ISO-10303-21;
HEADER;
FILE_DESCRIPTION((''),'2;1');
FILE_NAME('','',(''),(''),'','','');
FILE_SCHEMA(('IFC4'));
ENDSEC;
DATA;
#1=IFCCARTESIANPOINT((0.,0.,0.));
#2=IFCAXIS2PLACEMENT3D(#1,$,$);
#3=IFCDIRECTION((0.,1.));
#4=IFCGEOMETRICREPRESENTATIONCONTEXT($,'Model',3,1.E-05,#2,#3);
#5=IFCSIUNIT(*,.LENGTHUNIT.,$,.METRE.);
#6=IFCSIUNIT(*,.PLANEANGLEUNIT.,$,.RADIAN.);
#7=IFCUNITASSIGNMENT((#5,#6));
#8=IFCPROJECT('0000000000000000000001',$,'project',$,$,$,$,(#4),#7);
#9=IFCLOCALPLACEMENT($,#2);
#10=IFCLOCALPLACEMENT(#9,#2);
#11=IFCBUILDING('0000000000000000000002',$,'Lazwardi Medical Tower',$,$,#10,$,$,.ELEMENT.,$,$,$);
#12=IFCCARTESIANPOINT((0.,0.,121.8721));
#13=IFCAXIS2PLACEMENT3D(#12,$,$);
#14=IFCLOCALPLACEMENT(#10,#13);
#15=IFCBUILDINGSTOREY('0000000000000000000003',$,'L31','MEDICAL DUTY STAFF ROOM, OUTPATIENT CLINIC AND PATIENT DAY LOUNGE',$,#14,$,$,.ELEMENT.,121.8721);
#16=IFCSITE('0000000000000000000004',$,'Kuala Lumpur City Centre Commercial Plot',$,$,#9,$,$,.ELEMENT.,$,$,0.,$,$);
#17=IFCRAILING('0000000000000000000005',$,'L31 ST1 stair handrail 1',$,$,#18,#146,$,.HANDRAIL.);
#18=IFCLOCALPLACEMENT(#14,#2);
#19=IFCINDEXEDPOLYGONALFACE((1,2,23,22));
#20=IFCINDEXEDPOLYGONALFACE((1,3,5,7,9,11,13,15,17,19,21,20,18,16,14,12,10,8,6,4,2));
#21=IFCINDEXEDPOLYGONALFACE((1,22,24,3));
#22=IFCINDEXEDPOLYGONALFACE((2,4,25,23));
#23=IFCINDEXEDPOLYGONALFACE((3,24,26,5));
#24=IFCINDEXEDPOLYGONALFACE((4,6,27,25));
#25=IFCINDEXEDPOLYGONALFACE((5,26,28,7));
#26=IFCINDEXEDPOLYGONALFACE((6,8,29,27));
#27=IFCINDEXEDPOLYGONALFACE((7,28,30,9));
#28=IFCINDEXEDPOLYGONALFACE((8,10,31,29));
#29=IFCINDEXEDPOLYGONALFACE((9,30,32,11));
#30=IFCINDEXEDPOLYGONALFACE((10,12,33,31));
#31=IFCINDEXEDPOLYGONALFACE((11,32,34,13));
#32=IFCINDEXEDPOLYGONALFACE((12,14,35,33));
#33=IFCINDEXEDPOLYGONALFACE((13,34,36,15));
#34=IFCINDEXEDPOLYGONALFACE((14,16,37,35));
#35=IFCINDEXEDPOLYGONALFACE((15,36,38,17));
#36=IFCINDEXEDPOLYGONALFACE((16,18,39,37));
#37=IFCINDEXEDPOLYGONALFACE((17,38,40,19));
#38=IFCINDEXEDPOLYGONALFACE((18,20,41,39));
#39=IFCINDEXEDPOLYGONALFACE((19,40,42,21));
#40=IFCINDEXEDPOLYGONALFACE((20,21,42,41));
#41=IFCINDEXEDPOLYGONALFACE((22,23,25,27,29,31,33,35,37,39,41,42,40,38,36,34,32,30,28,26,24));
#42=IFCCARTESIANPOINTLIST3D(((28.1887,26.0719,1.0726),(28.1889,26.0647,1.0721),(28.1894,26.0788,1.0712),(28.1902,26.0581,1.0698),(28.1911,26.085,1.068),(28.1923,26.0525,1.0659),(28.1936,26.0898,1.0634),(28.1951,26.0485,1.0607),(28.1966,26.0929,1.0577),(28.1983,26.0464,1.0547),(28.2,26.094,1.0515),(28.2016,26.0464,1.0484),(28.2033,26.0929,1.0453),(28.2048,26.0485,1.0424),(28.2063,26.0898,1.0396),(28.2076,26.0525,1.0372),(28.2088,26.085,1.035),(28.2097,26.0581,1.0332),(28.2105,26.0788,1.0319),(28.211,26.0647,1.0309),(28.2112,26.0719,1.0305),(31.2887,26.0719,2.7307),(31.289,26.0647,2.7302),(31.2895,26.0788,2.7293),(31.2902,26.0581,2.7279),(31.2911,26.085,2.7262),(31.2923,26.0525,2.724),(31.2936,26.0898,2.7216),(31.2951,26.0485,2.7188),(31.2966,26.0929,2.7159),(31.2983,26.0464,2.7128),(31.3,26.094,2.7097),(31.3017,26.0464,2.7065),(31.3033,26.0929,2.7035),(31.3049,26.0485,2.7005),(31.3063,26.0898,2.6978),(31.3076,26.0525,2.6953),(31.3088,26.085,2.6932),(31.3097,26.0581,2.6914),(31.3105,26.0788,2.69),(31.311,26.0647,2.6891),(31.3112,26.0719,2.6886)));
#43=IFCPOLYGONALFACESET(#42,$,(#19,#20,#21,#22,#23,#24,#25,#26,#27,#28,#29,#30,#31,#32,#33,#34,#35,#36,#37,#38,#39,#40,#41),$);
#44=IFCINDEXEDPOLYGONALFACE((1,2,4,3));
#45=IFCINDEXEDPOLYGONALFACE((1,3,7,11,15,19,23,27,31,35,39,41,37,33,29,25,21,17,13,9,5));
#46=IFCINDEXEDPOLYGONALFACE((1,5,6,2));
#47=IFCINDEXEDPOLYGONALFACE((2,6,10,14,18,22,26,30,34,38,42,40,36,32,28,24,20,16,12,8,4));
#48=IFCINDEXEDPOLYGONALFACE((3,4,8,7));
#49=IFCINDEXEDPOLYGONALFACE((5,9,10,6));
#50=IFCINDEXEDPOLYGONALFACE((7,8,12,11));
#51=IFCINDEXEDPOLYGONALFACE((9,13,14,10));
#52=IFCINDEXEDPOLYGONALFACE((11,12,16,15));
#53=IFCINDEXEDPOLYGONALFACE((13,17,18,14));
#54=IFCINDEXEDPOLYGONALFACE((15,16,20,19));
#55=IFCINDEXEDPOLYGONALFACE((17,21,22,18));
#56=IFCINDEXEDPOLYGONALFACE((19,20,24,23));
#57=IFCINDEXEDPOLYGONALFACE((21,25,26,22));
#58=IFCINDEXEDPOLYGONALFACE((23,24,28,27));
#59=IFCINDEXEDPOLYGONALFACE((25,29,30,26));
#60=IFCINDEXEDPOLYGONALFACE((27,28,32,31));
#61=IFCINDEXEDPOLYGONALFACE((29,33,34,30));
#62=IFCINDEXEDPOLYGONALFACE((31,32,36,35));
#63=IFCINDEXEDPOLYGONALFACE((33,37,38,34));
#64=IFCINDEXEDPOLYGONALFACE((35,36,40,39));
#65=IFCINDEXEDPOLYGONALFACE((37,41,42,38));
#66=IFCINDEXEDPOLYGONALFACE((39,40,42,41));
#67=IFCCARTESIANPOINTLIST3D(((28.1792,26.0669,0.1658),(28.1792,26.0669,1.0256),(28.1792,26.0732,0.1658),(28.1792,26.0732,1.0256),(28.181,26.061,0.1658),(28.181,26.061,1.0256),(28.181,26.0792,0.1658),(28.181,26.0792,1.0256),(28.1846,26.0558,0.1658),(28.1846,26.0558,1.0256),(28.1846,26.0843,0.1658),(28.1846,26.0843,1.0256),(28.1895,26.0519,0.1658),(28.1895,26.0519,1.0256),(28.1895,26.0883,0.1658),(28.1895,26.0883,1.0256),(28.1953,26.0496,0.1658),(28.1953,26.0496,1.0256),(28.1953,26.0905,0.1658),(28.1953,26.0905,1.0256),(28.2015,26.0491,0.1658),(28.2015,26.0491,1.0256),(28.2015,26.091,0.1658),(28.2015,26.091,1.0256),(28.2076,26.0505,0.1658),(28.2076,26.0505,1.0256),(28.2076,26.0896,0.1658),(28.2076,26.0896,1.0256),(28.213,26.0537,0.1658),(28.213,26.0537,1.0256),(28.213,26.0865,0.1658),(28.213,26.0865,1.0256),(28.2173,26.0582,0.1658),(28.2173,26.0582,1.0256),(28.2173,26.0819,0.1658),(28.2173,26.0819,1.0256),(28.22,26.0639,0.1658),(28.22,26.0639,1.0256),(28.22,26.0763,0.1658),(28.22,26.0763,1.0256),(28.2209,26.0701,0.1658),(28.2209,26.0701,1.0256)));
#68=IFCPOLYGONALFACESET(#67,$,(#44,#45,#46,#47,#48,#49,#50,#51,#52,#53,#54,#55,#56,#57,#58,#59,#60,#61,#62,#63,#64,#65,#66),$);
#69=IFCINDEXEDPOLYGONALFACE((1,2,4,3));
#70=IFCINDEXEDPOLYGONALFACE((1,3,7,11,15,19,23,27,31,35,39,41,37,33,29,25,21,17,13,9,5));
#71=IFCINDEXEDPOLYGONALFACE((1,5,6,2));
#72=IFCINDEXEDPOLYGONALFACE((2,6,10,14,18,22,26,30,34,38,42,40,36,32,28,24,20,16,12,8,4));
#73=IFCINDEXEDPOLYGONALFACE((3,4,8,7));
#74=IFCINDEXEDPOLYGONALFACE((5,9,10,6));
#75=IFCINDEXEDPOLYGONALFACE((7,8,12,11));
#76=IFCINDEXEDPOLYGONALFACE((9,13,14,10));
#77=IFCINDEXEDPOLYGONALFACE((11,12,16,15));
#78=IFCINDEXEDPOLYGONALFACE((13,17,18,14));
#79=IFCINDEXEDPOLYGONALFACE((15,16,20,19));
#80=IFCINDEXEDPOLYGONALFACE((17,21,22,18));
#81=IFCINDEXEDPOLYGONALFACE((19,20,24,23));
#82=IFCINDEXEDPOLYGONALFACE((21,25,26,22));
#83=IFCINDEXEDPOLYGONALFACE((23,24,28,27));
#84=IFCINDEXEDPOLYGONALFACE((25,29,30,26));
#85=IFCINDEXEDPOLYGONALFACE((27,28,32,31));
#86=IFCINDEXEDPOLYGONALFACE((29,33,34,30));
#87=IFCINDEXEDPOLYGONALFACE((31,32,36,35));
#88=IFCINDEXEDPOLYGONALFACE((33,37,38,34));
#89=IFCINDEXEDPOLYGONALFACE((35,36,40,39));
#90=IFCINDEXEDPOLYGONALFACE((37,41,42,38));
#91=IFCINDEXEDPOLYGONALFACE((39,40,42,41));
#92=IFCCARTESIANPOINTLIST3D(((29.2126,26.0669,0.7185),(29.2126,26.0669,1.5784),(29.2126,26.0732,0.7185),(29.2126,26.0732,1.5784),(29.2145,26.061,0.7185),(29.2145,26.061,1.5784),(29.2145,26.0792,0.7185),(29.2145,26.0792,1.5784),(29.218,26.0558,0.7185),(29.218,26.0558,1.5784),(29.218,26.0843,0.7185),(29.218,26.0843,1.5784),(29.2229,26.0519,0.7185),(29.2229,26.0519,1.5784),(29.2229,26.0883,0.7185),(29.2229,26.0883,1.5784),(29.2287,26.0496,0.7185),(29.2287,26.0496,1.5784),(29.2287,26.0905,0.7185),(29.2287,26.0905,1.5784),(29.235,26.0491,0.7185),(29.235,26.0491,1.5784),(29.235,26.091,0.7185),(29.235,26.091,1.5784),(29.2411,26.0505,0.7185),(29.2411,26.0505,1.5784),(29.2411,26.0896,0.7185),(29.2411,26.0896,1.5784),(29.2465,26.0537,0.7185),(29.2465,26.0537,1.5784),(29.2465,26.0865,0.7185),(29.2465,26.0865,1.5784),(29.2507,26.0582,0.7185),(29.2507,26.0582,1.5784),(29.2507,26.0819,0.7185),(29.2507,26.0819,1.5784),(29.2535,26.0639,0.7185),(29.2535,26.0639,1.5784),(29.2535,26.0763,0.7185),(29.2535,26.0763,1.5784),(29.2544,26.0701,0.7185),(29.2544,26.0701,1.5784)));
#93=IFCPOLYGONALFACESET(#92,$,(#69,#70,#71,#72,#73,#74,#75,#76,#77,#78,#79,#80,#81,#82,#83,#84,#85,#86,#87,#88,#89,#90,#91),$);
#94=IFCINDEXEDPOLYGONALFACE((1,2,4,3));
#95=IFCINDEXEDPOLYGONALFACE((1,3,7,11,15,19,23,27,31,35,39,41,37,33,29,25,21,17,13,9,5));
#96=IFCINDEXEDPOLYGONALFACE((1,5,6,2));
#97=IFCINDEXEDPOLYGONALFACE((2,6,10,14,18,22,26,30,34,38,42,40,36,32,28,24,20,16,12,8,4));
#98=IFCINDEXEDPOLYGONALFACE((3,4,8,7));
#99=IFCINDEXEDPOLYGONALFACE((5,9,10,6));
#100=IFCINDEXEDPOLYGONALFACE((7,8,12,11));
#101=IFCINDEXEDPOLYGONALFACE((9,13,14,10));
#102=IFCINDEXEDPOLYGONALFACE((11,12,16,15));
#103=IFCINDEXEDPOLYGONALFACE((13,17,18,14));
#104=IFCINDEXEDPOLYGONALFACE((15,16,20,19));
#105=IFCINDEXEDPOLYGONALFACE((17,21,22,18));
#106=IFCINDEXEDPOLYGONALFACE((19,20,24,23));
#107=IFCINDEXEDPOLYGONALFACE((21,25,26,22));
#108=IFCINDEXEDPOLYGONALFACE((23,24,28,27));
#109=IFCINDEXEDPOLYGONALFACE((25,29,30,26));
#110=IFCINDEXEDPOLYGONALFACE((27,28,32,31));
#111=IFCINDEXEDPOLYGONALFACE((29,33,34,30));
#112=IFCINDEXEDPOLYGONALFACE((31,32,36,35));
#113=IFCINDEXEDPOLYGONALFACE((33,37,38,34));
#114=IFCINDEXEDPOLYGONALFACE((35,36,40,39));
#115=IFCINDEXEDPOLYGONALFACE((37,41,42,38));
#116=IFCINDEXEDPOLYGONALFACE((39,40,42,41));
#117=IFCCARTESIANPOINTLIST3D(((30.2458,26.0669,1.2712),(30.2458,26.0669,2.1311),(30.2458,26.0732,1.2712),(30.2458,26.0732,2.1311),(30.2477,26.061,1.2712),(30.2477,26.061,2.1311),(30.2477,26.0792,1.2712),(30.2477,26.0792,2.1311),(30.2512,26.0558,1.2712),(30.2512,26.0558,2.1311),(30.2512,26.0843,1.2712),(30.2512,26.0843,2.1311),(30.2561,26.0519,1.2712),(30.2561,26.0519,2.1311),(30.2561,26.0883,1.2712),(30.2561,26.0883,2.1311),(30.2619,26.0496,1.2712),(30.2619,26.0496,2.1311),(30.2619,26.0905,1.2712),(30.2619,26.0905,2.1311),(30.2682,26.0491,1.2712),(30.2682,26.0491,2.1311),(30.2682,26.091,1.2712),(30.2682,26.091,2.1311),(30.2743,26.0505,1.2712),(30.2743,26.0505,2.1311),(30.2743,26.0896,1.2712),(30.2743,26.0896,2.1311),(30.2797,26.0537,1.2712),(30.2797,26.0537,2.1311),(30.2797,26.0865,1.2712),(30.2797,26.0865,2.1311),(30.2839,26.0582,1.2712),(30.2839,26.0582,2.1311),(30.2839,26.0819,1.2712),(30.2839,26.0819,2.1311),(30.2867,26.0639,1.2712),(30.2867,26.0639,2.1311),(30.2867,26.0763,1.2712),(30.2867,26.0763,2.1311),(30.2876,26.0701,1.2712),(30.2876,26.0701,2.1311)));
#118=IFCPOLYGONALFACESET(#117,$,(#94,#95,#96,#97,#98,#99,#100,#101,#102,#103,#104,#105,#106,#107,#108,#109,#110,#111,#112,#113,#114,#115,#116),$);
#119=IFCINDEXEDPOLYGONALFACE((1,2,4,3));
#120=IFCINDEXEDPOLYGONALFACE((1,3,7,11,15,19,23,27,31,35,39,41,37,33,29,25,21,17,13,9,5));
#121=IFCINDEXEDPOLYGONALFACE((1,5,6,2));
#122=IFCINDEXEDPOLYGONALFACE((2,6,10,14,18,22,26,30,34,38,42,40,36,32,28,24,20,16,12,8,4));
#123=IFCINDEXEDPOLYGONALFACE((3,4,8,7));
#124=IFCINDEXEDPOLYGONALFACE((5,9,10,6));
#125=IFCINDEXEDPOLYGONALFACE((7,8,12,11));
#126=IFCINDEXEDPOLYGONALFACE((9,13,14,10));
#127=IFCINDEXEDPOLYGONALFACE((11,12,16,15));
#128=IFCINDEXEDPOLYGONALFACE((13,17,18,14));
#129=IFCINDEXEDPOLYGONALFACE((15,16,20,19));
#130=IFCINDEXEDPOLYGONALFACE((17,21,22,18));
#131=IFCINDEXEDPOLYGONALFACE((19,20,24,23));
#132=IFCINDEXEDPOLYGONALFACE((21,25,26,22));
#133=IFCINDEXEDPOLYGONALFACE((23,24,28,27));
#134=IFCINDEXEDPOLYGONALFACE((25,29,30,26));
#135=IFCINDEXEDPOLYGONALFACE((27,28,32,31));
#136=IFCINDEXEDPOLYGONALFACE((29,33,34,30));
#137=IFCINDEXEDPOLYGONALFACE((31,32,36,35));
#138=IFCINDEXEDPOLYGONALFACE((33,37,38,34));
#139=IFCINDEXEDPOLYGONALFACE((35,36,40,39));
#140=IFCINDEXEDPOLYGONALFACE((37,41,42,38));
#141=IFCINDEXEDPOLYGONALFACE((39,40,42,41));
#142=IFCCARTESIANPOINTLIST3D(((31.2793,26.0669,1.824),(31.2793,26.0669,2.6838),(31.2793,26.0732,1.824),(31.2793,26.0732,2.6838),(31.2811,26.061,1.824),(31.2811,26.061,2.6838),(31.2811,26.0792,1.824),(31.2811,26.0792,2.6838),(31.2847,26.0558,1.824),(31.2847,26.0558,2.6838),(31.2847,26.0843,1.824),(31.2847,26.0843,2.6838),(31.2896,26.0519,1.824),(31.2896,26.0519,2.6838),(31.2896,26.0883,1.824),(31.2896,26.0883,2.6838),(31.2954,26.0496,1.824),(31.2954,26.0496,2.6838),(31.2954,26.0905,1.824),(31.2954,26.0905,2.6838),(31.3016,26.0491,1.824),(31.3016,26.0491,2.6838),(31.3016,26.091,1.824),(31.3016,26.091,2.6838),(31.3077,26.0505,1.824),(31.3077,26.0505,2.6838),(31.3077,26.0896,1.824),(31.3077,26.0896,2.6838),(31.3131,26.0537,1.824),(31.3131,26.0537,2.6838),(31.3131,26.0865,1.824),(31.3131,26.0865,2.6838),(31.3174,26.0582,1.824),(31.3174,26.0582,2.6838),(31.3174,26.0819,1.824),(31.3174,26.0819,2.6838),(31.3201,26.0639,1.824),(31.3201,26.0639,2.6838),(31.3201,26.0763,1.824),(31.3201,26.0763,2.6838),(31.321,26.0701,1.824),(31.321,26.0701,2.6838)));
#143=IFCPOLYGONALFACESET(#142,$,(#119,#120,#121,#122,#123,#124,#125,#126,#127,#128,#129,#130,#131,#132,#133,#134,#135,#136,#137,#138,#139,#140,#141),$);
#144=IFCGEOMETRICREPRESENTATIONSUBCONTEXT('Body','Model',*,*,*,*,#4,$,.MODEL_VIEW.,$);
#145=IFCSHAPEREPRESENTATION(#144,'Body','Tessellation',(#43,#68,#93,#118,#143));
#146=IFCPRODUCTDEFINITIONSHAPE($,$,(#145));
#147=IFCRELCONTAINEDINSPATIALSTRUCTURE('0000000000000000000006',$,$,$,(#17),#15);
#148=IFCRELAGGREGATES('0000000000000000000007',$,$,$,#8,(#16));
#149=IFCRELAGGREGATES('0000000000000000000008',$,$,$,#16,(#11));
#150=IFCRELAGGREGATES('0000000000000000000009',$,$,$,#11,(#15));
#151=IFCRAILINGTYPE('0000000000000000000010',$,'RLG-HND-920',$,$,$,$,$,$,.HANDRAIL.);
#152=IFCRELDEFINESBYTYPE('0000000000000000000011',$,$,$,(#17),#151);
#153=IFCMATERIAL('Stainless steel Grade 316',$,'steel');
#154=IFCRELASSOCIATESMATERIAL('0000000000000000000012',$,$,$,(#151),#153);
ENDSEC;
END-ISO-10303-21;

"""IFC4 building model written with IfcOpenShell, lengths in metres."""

from ifc_helpers import new_model, si_unit, direction, frame, origin, origin_2d, place, context, subcontext, project, spatial, circle, extrude, material, type_object, element, save


model = new_model("IFC4")

# Units and contexts
model_context = context("Model", 3, precision=1e-05, world=origin(), true_north=direction((0.0, 1.0)))
body_context = subcontext(model_context, "Body", "Model", "MODEL_VIEW")
ifc_project = project(units=[si_unit("LENGTHUNIT", "METRE"), si_unit("PLANEANGLEUNIT", "RADIAN")], contexts=[model_context])

# Site, building, storey
site_placement = place(None, origin())
site = spatial("IfcSite", under=ifc_project, at=site_placement, Name="Kuala Lumpur City Centre Commercial Plot", CompositionType="ELEMENT", RefElevation=0.0)
building_placement = place(site_placement, origin())
building = spatial("IfcBuilding", under=site, at=building_placement, Name="Lazwardi Medical Tower", CompositionType="ELEMENT")
storey_placement = place(building_placement, frame((0.0, 0.0, 121.8721)))
storey = spatial("IfcBuildingStorey", under=building, at=storey_placement, Name="L31", Description="MEDICAL DUTY STAFF ROOM, OUTPATIENT CLINIC AND PATIENT DAY LOUNGE", CompositionType="ELEMENT", Elevation=121.8721)

# Railing
ifc_material_1 = material(Name="Stainless steel Grade 316", Category="steel")
railing_type_1 = type_object("IfcRailingType", Name="RLG-HND-920", PredefinedType="HANDRAIL", material=ifc_material_1)
railing_1_placement = place(storey_placement, frame((28.2, 26.0701, 0.1658)))
element("IfcRailing", 1, at=railing_1_placement, inside=storey, type_object=railing_type_1, Name="L31 ST1 stair handrail 1", PredefinedType="HANDRAIL", context=body_context, shape_type="SweptSolid", body=[
    extrude(circle(Radius=0.0239, at=origin_2d()), frame((0.0, 0.0, 0.8857), z_axis=(0.881783, 0.0, 0.471655), x_axis=(0.0, 1.0, 0.0)), (0.0, 0.0, 1.0), 3.5156),
    extrude(circle(Radius=0.021, at=origin_2d()), origin(), (0.0, 0.0, 1.0), 0.8599),
    extrude(circle(Radius=0.021, at=origin_2d()), frame((1.0334, 0.0, 0.5527)), (0.0, 0.0, 1.0), 0.8599),
    extrude(circle(Radius=0.021, at=origin_2d()), frame((2.0667, 0.0, 1.1055)), (0.0, 0.0, 1.0), 0.8599),
    extrude(circle(Radius=0.021, at=origin_2d()), frame((3.1001, 0.0, 1.6582)), (0.0, 0.0, 1.0), 0.8599),
])

save(model, "model.ifc")
